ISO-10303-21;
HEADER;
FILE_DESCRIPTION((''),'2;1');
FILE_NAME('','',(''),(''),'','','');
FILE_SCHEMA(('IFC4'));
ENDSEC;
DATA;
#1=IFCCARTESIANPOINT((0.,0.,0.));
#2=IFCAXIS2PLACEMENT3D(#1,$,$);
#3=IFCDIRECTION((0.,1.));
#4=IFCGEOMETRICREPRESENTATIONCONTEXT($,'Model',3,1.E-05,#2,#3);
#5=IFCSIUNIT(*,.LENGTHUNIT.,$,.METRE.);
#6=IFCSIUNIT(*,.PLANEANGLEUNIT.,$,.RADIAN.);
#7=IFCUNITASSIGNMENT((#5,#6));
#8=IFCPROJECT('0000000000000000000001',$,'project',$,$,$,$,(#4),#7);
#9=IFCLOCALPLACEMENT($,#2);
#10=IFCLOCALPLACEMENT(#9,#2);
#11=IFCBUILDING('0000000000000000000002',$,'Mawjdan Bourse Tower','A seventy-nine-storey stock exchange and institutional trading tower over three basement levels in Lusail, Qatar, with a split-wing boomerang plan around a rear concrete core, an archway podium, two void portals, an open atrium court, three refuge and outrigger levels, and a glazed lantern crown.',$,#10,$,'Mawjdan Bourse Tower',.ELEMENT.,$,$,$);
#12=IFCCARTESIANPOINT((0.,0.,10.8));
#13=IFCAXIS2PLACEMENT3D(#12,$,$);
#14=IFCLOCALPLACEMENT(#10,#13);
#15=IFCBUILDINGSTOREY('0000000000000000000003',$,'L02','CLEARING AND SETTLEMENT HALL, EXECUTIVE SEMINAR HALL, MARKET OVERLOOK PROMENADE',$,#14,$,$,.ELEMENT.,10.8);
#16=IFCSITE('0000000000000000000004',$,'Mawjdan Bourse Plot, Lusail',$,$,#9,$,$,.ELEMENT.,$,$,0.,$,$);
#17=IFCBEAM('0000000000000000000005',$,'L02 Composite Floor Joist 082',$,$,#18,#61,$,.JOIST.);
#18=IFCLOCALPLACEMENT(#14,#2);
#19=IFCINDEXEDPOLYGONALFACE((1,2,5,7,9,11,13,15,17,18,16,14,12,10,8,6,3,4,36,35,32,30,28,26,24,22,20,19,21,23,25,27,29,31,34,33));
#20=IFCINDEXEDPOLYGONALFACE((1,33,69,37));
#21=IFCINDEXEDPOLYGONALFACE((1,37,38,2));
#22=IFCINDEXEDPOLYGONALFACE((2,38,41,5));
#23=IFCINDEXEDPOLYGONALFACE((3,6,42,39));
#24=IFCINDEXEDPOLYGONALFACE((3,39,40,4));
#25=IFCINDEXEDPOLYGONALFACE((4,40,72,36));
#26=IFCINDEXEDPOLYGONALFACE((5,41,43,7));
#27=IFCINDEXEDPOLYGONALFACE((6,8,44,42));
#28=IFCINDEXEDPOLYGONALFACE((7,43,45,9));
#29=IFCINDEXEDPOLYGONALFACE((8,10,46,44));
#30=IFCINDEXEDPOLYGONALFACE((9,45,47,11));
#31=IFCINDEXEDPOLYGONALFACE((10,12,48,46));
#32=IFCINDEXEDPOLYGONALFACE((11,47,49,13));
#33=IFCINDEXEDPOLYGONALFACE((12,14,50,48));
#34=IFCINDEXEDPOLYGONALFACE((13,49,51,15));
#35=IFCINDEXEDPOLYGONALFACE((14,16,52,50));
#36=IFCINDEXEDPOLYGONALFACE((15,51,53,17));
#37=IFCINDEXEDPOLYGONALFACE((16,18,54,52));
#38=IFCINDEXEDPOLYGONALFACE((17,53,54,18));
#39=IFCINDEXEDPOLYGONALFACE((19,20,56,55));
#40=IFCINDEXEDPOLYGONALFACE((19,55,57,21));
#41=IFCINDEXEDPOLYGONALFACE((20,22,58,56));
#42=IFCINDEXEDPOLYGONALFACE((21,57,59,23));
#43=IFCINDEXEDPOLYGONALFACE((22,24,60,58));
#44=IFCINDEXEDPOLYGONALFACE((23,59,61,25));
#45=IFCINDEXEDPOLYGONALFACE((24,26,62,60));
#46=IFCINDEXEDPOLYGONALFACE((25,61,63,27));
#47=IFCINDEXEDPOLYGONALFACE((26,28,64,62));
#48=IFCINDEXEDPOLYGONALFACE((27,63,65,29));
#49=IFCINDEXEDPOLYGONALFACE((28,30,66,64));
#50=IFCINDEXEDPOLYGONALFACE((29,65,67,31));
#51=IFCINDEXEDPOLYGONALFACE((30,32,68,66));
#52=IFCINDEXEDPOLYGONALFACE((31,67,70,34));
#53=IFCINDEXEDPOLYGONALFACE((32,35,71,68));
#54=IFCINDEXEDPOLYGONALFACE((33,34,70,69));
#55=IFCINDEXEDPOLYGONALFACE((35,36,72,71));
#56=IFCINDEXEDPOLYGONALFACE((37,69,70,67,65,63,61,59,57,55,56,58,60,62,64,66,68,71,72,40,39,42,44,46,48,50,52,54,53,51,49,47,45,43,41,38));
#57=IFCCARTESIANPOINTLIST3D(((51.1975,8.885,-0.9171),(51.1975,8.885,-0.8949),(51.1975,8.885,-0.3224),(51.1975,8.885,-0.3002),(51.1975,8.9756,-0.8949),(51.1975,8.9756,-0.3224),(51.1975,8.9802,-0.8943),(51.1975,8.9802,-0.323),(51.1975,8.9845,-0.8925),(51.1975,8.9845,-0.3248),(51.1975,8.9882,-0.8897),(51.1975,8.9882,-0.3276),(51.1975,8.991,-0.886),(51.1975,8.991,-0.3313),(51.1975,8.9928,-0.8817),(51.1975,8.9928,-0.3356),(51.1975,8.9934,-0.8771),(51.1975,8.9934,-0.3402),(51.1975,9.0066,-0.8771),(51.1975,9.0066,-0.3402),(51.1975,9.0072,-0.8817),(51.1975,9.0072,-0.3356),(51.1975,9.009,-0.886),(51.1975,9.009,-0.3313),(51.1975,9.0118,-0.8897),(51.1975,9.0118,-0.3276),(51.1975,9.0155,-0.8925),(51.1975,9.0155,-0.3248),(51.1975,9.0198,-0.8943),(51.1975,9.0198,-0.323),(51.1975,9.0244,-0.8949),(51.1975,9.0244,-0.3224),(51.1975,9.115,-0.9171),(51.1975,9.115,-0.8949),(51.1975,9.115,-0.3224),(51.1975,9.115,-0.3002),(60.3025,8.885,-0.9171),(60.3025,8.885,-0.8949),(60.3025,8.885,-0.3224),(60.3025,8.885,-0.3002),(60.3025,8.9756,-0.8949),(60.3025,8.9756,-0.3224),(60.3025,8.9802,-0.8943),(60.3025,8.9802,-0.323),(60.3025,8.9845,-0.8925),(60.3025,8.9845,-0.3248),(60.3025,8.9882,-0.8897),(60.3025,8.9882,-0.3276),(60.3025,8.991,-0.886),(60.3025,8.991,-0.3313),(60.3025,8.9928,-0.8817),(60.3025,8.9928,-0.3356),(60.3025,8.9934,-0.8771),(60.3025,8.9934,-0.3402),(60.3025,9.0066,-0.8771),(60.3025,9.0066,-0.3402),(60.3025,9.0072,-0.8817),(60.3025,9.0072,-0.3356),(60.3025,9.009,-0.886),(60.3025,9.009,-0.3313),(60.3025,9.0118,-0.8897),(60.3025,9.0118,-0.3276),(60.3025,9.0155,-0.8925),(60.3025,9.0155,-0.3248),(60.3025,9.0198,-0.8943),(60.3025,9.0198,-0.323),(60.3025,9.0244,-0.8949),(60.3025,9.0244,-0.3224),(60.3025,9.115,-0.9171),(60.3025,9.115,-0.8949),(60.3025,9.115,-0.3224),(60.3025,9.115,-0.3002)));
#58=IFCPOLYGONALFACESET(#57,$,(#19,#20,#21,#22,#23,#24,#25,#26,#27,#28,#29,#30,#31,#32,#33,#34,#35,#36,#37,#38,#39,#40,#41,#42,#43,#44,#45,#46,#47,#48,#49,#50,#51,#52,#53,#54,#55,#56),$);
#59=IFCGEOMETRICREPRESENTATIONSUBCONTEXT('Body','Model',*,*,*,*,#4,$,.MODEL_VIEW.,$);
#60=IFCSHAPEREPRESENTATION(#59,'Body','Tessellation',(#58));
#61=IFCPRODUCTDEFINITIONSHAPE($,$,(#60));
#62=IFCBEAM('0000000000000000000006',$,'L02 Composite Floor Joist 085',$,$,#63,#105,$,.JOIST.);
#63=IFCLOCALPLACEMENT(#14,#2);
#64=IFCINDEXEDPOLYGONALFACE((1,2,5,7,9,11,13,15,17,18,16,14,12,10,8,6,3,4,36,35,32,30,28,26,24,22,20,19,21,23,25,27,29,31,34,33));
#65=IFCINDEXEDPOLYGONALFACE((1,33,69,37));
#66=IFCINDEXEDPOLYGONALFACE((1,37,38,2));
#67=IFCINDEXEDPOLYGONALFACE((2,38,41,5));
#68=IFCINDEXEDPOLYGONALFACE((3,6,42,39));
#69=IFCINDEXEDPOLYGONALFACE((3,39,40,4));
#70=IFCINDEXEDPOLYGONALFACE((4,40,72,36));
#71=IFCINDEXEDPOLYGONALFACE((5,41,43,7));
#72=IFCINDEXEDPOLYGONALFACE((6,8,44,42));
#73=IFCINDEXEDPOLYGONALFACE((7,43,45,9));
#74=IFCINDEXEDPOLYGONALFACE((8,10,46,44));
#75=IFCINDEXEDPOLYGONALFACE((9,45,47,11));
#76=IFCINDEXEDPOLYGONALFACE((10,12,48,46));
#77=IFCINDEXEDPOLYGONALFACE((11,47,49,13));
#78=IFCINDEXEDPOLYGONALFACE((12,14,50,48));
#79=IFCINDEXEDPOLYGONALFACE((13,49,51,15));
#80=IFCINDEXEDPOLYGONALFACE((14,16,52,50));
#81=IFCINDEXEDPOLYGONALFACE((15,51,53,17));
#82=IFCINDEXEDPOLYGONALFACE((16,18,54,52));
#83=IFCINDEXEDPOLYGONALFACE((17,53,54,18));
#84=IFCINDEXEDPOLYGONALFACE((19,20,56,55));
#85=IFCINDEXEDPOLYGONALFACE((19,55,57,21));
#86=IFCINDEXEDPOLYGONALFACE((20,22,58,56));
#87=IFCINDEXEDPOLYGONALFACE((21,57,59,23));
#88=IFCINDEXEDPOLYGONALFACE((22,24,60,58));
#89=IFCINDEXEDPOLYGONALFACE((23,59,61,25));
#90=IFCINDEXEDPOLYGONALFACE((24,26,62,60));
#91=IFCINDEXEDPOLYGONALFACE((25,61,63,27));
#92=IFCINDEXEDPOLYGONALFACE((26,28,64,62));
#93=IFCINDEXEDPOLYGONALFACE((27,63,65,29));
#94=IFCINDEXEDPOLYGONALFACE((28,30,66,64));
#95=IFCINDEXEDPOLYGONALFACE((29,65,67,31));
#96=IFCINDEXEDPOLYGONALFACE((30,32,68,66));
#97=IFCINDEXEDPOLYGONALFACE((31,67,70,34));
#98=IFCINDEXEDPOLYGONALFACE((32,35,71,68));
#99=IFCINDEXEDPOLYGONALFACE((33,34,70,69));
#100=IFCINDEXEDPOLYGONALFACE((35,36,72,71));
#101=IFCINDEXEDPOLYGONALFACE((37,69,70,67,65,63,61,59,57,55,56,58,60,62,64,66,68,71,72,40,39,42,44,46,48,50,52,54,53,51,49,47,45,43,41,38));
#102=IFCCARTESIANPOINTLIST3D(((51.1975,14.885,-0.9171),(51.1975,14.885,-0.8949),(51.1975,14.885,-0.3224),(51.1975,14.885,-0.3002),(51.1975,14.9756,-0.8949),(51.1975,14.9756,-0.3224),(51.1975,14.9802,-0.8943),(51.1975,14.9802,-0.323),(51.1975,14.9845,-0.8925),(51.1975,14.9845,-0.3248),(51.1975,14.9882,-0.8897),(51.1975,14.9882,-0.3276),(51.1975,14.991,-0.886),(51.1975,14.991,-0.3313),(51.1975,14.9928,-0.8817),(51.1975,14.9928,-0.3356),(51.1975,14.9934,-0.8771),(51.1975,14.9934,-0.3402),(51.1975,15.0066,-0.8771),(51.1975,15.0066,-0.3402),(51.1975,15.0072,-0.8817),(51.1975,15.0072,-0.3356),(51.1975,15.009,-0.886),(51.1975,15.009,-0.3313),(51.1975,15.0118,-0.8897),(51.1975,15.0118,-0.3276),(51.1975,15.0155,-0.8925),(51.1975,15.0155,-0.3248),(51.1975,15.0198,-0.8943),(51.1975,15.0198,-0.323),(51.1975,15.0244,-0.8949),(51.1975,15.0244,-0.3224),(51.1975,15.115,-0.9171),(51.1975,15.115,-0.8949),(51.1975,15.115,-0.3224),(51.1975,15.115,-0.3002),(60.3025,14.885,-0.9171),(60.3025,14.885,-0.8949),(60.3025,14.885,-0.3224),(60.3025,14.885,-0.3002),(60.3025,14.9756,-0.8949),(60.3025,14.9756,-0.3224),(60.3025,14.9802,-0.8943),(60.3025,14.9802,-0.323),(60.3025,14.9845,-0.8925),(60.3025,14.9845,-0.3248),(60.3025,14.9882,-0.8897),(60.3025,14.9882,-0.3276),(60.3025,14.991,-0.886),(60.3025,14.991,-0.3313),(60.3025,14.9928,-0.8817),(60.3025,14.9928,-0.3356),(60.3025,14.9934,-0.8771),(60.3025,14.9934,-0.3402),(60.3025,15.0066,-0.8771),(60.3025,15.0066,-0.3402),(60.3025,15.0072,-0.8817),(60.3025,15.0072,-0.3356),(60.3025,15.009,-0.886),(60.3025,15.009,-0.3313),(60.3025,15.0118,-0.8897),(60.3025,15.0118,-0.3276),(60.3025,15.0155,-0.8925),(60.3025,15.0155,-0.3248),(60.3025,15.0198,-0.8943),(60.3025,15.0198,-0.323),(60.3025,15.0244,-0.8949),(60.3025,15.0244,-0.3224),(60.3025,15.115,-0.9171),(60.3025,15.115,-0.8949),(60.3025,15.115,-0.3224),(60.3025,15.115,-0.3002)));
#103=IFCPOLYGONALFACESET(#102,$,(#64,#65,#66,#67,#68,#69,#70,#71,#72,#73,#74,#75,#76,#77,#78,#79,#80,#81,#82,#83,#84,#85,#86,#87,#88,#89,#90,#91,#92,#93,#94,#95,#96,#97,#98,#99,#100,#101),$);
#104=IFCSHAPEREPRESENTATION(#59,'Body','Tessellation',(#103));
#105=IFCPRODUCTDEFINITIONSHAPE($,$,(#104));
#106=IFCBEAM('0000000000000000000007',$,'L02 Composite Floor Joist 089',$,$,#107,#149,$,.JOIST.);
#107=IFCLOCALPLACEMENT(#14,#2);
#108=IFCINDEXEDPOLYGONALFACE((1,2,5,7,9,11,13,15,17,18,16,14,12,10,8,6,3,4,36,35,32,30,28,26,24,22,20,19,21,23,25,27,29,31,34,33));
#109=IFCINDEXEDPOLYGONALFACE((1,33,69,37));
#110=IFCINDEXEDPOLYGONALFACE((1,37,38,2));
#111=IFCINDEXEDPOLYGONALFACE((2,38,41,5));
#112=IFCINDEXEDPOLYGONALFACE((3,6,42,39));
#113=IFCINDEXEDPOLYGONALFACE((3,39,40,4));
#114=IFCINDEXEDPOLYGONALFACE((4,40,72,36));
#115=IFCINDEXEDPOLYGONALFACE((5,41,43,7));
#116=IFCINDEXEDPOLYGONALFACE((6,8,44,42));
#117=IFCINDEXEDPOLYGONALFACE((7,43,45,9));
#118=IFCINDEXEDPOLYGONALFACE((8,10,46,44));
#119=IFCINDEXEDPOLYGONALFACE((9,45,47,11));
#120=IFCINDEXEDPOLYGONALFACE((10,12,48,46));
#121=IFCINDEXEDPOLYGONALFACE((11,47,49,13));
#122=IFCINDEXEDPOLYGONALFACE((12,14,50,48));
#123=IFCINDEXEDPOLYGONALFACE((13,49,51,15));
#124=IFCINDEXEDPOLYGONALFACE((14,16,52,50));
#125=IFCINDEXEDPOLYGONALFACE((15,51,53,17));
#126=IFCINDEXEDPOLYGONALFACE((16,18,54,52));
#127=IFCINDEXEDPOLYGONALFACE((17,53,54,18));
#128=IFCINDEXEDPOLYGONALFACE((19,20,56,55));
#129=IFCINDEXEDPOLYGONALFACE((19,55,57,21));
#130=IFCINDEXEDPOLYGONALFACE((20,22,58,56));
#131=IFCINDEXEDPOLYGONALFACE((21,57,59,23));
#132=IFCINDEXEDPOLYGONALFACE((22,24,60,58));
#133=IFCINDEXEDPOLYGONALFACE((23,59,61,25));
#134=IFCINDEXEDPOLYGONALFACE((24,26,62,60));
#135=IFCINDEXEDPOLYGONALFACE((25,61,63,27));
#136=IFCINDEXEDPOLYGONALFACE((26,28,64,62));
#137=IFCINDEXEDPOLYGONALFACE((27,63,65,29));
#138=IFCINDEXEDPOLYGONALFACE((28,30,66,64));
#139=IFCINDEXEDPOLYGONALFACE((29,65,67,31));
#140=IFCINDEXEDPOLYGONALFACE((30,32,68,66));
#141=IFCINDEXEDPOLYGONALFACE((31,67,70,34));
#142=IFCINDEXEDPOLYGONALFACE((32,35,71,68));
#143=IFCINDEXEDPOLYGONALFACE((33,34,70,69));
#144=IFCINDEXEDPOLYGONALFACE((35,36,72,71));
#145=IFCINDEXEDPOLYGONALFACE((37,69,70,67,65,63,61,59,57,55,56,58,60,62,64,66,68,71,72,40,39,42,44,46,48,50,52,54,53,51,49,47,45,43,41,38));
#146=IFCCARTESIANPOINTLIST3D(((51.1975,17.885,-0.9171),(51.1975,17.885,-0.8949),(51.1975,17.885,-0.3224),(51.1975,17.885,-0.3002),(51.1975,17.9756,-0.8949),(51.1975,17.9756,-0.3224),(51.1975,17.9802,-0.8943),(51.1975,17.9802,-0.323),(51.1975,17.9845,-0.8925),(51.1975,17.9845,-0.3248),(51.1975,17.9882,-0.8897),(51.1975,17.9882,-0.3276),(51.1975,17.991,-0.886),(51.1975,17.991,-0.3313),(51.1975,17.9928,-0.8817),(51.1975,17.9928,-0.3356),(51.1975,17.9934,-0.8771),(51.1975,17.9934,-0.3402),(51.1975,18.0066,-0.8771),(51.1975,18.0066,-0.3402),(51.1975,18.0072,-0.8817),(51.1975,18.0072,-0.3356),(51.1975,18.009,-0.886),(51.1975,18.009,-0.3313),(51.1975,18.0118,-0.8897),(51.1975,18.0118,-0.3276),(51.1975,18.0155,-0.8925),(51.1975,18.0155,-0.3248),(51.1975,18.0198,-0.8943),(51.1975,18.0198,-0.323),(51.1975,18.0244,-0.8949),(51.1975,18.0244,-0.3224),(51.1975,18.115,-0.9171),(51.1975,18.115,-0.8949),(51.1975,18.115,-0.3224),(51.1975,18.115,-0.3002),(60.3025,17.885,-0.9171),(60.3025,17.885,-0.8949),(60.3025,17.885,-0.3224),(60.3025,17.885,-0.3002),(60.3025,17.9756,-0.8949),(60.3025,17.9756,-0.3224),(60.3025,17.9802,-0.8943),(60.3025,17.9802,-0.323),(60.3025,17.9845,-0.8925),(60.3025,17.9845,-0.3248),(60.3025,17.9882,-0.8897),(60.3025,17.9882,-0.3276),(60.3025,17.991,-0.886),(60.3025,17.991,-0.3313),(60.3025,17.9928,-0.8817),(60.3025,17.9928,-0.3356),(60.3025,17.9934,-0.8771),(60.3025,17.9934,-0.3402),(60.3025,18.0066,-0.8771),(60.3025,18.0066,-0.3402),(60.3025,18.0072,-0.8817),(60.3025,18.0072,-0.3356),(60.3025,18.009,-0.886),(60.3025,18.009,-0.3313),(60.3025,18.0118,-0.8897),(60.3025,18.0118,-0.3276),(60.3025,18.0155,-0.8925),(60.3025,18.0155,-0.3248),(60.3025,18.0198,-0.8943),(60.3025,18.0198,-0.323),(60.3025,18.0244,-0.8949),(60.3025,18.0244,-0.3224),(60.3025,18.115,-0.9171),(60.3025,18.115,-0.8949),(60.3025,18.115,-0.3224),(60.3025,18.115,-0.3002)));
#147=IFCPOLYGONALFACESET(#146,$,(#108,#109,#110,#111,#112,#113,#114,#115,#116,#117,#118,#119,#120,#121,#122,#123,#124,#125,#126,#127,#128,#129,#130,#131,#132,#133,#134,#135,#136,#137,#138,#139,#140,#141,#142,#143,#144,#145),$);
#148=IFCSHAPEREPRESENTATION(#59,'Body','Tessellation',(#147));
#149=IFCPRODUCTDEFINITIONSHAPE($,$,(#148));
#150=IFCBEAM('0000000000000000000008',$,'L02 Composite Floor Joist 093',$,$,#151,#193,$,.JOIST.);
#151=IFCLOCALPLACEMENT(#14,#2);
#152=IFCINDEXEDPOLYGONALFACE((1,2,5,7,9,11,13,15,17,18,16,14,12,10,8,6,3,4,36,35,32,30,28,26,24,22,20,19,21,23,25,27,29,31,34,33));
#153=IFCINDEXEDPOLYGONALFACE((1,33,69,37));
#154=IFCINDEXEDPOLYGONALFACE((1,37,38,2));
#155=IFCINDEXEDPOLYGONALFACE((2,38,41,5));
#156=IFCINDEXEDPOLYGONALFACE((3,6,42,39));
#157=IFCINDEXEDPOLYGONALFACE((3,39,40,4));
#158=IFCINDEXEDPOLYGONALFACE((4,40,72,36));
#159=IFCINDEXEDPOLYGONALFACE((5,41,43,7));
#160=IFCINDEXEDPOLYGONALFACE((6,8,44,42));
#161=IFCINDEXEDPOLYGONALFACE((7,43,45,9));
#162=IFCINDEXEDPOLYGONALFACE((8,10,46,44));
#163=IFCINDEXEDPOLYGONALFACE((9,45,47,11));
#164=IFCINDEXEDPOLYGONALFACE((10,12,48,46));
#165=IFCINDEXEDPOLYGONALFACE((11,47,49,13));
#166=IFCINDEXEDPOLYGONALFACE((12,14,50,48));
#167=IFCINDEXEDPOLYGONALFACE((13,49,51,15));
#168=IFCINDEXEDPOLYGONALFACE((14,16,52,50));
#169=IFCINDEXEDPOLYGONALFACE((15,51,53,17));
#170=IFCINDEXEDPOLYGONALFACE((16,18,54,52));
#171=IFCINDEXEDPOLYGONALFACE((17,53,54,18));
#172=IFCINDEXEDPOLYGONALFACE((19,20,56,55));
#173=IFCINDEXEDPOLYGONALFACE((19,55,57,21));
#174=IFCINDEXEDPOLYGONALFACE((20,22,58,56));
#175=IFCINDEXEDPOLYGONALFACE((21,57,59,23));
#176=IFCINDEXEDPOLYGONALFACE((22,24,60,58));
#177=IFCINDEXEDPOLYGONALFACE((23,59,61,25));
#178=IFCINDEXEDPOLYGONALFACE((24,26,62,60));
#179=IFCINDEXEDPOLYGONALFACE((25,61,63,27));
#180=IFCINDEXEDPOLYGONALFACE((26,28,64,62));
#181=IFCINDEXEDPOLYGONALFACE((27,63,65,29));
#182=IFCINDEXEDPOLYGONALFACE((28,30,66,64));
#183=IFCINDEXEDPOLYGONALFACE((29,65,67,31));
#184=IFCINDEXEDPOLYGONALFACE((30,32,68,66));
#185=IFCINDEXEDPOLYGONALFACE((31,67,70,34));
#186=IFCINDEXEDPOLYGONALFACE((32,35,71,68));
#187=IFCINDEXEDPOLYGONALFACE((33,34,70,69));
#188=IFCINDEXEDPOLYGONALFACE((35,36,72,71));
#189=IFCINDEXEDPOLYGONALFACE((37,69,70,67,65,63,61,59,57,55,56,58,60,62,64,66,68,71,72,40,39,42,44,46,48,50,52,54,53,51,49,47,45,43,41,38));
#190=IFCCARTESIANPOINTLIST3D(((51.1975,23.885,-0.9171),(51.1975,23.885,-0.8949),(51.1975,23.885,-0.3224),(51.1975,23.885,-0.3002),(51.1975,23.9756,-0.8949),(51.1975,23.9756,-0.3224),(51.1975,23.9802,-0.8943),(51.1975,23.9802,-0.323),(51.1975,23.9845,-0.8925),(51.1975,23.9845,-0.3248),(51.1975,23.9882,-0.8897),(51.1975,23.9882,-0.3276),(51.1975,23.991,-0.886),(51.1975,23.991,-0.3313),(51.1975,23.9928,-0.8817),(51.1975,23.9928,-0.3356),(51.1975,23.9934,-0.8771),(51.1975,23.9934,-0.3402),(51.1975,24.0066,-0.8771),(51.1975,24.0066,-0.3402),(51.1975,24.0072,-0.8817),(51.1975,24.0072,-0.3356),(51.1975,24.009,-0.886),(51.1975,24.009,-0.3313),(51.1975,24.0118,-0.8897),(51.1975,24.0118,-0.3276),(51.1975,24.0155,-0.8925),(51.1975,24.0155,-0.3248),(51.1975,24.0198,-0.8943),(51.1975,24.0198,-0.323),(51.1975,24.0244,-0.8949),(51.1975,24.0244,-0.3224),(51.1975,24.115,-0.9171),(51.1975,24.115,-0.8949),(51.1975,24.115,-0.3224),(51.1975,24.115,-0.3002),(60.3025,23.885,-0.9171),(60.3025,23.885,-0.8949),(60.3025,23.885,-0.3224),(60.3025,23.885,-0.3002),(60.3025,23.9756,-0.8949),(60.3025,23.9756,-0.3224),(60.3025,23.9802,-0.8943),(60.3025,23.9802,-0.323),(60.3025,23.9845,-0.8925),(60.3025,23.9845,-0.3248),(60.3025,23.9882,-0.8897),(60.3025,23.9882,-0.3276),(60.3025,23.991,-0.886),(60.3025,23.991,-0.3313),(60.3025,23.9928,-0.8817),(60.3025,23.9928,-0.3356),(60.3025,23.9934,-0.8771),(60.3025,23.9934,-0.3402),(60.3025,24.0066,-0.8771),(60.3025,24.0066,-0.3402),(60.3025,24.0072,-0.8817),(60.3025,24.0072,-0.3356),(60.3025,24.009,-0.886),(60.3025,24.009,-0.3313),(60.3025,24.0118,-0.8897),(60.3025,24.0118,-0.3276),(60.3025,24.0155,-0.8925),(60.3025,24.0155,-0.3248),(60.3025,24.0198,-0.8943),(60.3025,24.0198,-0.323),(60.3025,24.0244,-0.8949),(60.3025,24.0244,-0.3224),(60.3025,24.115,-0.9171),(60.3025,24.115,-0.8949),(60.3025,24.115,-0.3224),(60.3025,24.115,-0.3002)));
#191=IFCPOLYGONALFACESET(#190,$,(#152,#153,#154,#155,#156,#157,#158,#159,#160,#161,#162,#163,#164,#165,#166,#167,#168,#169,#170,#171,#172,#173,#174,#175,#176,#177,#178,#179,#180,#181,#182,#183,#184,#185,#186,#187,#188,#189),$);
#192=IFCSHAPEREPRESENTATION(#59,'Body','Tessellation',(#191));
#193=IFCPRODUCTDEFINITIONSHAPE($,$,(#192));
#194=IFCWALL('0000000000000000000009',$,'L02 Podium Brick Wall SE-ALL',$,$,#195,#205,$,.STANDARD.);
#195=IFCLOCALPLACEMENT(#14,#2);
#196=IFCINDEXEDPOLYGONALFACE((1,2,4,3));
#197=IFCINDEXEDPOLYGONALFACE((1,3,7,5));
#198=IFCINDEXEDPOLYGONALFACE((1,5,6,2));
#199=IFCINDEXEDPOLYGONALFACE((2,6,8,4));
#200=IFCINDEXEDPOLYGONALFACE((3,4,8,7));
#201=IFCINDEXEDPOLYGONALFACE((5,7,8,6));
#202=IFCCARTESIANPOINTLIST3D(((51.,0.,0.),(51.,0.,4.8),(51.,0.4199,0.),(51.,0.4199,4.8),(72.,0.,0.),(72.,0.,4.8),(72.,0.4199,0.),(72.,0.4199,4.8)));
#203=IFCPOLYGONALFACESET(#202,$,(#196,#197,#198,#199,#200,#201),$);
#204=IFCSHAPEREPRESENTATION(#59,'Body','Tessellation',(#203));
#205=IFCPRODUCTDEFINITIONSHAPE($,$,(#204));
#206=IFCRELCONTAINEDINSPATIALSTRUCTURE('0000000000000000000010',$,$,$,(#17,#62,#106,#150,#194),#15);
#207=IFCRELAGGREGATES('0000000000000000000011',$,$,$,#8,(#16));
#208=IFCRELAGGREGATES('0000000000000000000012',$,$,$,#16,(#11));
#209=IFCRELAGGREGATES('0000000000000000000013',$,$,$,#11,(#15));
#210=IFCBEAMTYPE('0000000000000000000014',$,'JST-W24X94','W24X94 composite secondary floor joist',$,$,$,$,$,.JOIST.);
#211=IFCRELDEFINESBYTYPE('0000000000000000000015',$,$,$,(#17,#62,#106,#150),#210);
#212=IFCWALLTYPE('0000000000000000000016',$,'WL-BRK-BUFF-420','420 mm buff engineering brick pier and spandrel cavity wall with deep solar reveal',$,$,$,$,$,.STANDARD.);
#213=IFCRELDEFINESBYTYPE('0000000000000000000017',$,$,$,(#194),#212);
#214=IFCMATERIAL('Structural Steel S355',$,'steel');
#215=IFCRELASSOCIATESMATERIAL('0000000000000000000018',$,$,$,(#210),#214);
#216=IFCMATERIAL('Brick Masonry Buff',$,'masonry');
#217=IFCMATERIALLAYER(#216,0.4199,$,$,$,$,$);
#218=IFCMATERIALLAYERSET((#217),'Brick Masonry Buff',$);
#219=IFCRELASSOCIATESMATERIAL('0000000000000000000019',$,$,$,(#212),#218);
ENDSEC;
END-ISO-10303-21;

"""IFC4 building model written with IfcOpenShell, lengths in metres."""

from ifc_helpers import new_model, si_unit, direction, frame, frame_2d, origin, origin_2d, place, context, subcontext, project, spatial, rectangle, i_section, extrude, material, layer, layer_set, material_profile, profile_set, type_object, element, save


model = new_model("IFC4")

# Units and contexts
model_context = context("Model", 3, precision=1e-05, world=origin(), true_north=direction((0.0, 1.0)))
body_context = subcontext(model_context, "Body", "Model", "MODEL_VIEW")
ifc_project = project(units=[si_unit("LENGTHUNIT", "METRE"), si_unit("PLANEANGLEUNIT", "RADIAN")], contexts=[model_context])

# Site, building, storey
site_placement = place(None, origin())
site = spatial("IfcSite", under=ifc_project, at=site_placement, Name="Mawjdan Bourse Plot, Lusail", CompositionType="ELEMENT", RefElevation=0.0)
building_placement = place(site_placement, origin())
building = spatial("IfcBuilding", under=site, at=building_placement, Name="Mawjdan Bourse Tower", Description="A seventy-nine-storey stock exchange and institutional trading tower over three basement levels in Lusail, Qatar, with a split-wing boomerang plan around a rear concrete core, an archway podium, two void portals, an open atrium court, three refuge and outrigger levels, and a glazed lantern crown.", LongName="Mawjdan Bourse Tower", CompositionType="ELEMENT")
storey_placement = place(building_placement, frame((0.0, 0.0, 10.8)))
storey = spatial("IfcBuildingStorey", under=building, at=storey_placement, Name="L02", Description="CLEARING AND SETTLEMENT HALL, EXECUTIVE SEMINAR HALL, MARKET OVERLOOK PROMENADE", CompositionType="ELEMENT", Elevation=10.8)

# Beams
ifc_material_1 = material(Name="Structural Steel S355", Category="steel")
ifc_material_profile_1 = material_profile(ifc_material_1, i_section(OverallWidth=0.23, OverallDepth=0.6169, WebThickness=0.0132, FlangeThickness=0.0222, FilletRadius=0.0178, at=origin_2d()), Name="W24X94")
ifc_profile_set_1 = profile_set([ifc_material_profile_1], Name="Structural Steel S355")
beam_type_1 = type_object("IfcBeamType", Name="JST-W24X94", Description="W24X94 composite secondary floor joist", PredefinedType="JOIST", material=ifc_profile_set_1)
for number, where, z_axis, x_axis, name in (
    (1, (51.1975, 9.0, -0.6086), (1.0, 0.0, 0.0), (0.0, 1.0, 0.0), "L02 Composite Floor Joist 082"),
    (2, (51.1975, 15.0, -0.6086), (1.0, 0.0, 0.0), (0.0, 1.0, 0.0), "L02 Composite Floor Joist 085"),
    (3, (51.1975, 18.0, -0.6086), (1.0, 0.0, 0.0), (0.0, 1.0, 0.0), "L02 Composite Floor Joist 089"),
    (4, (51.1975, 24.0, -0.6086), (1.0, 0.0, 0.0), (0.0, 1.0, 0.0), "L02 Composite Floor Joist 093"),
):
    element("IfcBeam", number, at=place(storey_placement, frame(where, z_axis=z_axis, x_axis=x_axis)), inside=storey, type_object=beam_type_1, Name=name, PredefinedType="JOIST", context=body_context, shape_type="SweptSolid", body=[
        extrude(i_section(OverallWidth=0.23, OverallDepth=0.6169, WebThickness=0.0132, FlangeThickness=0.0222, FilletRadius=0.0178, at=origin_2d()), origin(), (0.0, 0.0, 1.0), 9.105),
    ])

# Wall
ifc_material_2 = material(Name="Brick Masonry Buff", Category="masonry")
ifc_layer_1 = layer(ifc_material_2, 0.4199)
ifc_layer_set_1 = layer_set([ifc_layer_1], Name="Brick Masonry Buff")
wall_type_1 = type_object("IfcWallType", Name="WL-BRK-BUFF-420", Description="420 mm buff engineering brick pier and spandrel cavity wall with deep solar reveal", PredefinedType="STANDARD", material=ifc_layer_set_1)
wall_1_placement = place(storey_placement, frame((51.0, 0.21, 0.0), z_axis=(0.0, 0.0, 1.0), x_axis=(1.0, 0.0, 0.0)))
element("IfcWall", 5, at=wall_1_placement, inside=storey, type_object=wall_type_1, Name="L02 Podium Brick Wall SE-ALL", PredefinedType="STANDARD", context=body_context, shape_type="SweptSolid", body=[
    extrude(rectangle(XDim=21.0, YDim=0.4199, at=frame_2d((10.5, 0.0))), origin(), (0.0, 0.0, 1.0), 4.8),
])

save(model, "model.ifc")
